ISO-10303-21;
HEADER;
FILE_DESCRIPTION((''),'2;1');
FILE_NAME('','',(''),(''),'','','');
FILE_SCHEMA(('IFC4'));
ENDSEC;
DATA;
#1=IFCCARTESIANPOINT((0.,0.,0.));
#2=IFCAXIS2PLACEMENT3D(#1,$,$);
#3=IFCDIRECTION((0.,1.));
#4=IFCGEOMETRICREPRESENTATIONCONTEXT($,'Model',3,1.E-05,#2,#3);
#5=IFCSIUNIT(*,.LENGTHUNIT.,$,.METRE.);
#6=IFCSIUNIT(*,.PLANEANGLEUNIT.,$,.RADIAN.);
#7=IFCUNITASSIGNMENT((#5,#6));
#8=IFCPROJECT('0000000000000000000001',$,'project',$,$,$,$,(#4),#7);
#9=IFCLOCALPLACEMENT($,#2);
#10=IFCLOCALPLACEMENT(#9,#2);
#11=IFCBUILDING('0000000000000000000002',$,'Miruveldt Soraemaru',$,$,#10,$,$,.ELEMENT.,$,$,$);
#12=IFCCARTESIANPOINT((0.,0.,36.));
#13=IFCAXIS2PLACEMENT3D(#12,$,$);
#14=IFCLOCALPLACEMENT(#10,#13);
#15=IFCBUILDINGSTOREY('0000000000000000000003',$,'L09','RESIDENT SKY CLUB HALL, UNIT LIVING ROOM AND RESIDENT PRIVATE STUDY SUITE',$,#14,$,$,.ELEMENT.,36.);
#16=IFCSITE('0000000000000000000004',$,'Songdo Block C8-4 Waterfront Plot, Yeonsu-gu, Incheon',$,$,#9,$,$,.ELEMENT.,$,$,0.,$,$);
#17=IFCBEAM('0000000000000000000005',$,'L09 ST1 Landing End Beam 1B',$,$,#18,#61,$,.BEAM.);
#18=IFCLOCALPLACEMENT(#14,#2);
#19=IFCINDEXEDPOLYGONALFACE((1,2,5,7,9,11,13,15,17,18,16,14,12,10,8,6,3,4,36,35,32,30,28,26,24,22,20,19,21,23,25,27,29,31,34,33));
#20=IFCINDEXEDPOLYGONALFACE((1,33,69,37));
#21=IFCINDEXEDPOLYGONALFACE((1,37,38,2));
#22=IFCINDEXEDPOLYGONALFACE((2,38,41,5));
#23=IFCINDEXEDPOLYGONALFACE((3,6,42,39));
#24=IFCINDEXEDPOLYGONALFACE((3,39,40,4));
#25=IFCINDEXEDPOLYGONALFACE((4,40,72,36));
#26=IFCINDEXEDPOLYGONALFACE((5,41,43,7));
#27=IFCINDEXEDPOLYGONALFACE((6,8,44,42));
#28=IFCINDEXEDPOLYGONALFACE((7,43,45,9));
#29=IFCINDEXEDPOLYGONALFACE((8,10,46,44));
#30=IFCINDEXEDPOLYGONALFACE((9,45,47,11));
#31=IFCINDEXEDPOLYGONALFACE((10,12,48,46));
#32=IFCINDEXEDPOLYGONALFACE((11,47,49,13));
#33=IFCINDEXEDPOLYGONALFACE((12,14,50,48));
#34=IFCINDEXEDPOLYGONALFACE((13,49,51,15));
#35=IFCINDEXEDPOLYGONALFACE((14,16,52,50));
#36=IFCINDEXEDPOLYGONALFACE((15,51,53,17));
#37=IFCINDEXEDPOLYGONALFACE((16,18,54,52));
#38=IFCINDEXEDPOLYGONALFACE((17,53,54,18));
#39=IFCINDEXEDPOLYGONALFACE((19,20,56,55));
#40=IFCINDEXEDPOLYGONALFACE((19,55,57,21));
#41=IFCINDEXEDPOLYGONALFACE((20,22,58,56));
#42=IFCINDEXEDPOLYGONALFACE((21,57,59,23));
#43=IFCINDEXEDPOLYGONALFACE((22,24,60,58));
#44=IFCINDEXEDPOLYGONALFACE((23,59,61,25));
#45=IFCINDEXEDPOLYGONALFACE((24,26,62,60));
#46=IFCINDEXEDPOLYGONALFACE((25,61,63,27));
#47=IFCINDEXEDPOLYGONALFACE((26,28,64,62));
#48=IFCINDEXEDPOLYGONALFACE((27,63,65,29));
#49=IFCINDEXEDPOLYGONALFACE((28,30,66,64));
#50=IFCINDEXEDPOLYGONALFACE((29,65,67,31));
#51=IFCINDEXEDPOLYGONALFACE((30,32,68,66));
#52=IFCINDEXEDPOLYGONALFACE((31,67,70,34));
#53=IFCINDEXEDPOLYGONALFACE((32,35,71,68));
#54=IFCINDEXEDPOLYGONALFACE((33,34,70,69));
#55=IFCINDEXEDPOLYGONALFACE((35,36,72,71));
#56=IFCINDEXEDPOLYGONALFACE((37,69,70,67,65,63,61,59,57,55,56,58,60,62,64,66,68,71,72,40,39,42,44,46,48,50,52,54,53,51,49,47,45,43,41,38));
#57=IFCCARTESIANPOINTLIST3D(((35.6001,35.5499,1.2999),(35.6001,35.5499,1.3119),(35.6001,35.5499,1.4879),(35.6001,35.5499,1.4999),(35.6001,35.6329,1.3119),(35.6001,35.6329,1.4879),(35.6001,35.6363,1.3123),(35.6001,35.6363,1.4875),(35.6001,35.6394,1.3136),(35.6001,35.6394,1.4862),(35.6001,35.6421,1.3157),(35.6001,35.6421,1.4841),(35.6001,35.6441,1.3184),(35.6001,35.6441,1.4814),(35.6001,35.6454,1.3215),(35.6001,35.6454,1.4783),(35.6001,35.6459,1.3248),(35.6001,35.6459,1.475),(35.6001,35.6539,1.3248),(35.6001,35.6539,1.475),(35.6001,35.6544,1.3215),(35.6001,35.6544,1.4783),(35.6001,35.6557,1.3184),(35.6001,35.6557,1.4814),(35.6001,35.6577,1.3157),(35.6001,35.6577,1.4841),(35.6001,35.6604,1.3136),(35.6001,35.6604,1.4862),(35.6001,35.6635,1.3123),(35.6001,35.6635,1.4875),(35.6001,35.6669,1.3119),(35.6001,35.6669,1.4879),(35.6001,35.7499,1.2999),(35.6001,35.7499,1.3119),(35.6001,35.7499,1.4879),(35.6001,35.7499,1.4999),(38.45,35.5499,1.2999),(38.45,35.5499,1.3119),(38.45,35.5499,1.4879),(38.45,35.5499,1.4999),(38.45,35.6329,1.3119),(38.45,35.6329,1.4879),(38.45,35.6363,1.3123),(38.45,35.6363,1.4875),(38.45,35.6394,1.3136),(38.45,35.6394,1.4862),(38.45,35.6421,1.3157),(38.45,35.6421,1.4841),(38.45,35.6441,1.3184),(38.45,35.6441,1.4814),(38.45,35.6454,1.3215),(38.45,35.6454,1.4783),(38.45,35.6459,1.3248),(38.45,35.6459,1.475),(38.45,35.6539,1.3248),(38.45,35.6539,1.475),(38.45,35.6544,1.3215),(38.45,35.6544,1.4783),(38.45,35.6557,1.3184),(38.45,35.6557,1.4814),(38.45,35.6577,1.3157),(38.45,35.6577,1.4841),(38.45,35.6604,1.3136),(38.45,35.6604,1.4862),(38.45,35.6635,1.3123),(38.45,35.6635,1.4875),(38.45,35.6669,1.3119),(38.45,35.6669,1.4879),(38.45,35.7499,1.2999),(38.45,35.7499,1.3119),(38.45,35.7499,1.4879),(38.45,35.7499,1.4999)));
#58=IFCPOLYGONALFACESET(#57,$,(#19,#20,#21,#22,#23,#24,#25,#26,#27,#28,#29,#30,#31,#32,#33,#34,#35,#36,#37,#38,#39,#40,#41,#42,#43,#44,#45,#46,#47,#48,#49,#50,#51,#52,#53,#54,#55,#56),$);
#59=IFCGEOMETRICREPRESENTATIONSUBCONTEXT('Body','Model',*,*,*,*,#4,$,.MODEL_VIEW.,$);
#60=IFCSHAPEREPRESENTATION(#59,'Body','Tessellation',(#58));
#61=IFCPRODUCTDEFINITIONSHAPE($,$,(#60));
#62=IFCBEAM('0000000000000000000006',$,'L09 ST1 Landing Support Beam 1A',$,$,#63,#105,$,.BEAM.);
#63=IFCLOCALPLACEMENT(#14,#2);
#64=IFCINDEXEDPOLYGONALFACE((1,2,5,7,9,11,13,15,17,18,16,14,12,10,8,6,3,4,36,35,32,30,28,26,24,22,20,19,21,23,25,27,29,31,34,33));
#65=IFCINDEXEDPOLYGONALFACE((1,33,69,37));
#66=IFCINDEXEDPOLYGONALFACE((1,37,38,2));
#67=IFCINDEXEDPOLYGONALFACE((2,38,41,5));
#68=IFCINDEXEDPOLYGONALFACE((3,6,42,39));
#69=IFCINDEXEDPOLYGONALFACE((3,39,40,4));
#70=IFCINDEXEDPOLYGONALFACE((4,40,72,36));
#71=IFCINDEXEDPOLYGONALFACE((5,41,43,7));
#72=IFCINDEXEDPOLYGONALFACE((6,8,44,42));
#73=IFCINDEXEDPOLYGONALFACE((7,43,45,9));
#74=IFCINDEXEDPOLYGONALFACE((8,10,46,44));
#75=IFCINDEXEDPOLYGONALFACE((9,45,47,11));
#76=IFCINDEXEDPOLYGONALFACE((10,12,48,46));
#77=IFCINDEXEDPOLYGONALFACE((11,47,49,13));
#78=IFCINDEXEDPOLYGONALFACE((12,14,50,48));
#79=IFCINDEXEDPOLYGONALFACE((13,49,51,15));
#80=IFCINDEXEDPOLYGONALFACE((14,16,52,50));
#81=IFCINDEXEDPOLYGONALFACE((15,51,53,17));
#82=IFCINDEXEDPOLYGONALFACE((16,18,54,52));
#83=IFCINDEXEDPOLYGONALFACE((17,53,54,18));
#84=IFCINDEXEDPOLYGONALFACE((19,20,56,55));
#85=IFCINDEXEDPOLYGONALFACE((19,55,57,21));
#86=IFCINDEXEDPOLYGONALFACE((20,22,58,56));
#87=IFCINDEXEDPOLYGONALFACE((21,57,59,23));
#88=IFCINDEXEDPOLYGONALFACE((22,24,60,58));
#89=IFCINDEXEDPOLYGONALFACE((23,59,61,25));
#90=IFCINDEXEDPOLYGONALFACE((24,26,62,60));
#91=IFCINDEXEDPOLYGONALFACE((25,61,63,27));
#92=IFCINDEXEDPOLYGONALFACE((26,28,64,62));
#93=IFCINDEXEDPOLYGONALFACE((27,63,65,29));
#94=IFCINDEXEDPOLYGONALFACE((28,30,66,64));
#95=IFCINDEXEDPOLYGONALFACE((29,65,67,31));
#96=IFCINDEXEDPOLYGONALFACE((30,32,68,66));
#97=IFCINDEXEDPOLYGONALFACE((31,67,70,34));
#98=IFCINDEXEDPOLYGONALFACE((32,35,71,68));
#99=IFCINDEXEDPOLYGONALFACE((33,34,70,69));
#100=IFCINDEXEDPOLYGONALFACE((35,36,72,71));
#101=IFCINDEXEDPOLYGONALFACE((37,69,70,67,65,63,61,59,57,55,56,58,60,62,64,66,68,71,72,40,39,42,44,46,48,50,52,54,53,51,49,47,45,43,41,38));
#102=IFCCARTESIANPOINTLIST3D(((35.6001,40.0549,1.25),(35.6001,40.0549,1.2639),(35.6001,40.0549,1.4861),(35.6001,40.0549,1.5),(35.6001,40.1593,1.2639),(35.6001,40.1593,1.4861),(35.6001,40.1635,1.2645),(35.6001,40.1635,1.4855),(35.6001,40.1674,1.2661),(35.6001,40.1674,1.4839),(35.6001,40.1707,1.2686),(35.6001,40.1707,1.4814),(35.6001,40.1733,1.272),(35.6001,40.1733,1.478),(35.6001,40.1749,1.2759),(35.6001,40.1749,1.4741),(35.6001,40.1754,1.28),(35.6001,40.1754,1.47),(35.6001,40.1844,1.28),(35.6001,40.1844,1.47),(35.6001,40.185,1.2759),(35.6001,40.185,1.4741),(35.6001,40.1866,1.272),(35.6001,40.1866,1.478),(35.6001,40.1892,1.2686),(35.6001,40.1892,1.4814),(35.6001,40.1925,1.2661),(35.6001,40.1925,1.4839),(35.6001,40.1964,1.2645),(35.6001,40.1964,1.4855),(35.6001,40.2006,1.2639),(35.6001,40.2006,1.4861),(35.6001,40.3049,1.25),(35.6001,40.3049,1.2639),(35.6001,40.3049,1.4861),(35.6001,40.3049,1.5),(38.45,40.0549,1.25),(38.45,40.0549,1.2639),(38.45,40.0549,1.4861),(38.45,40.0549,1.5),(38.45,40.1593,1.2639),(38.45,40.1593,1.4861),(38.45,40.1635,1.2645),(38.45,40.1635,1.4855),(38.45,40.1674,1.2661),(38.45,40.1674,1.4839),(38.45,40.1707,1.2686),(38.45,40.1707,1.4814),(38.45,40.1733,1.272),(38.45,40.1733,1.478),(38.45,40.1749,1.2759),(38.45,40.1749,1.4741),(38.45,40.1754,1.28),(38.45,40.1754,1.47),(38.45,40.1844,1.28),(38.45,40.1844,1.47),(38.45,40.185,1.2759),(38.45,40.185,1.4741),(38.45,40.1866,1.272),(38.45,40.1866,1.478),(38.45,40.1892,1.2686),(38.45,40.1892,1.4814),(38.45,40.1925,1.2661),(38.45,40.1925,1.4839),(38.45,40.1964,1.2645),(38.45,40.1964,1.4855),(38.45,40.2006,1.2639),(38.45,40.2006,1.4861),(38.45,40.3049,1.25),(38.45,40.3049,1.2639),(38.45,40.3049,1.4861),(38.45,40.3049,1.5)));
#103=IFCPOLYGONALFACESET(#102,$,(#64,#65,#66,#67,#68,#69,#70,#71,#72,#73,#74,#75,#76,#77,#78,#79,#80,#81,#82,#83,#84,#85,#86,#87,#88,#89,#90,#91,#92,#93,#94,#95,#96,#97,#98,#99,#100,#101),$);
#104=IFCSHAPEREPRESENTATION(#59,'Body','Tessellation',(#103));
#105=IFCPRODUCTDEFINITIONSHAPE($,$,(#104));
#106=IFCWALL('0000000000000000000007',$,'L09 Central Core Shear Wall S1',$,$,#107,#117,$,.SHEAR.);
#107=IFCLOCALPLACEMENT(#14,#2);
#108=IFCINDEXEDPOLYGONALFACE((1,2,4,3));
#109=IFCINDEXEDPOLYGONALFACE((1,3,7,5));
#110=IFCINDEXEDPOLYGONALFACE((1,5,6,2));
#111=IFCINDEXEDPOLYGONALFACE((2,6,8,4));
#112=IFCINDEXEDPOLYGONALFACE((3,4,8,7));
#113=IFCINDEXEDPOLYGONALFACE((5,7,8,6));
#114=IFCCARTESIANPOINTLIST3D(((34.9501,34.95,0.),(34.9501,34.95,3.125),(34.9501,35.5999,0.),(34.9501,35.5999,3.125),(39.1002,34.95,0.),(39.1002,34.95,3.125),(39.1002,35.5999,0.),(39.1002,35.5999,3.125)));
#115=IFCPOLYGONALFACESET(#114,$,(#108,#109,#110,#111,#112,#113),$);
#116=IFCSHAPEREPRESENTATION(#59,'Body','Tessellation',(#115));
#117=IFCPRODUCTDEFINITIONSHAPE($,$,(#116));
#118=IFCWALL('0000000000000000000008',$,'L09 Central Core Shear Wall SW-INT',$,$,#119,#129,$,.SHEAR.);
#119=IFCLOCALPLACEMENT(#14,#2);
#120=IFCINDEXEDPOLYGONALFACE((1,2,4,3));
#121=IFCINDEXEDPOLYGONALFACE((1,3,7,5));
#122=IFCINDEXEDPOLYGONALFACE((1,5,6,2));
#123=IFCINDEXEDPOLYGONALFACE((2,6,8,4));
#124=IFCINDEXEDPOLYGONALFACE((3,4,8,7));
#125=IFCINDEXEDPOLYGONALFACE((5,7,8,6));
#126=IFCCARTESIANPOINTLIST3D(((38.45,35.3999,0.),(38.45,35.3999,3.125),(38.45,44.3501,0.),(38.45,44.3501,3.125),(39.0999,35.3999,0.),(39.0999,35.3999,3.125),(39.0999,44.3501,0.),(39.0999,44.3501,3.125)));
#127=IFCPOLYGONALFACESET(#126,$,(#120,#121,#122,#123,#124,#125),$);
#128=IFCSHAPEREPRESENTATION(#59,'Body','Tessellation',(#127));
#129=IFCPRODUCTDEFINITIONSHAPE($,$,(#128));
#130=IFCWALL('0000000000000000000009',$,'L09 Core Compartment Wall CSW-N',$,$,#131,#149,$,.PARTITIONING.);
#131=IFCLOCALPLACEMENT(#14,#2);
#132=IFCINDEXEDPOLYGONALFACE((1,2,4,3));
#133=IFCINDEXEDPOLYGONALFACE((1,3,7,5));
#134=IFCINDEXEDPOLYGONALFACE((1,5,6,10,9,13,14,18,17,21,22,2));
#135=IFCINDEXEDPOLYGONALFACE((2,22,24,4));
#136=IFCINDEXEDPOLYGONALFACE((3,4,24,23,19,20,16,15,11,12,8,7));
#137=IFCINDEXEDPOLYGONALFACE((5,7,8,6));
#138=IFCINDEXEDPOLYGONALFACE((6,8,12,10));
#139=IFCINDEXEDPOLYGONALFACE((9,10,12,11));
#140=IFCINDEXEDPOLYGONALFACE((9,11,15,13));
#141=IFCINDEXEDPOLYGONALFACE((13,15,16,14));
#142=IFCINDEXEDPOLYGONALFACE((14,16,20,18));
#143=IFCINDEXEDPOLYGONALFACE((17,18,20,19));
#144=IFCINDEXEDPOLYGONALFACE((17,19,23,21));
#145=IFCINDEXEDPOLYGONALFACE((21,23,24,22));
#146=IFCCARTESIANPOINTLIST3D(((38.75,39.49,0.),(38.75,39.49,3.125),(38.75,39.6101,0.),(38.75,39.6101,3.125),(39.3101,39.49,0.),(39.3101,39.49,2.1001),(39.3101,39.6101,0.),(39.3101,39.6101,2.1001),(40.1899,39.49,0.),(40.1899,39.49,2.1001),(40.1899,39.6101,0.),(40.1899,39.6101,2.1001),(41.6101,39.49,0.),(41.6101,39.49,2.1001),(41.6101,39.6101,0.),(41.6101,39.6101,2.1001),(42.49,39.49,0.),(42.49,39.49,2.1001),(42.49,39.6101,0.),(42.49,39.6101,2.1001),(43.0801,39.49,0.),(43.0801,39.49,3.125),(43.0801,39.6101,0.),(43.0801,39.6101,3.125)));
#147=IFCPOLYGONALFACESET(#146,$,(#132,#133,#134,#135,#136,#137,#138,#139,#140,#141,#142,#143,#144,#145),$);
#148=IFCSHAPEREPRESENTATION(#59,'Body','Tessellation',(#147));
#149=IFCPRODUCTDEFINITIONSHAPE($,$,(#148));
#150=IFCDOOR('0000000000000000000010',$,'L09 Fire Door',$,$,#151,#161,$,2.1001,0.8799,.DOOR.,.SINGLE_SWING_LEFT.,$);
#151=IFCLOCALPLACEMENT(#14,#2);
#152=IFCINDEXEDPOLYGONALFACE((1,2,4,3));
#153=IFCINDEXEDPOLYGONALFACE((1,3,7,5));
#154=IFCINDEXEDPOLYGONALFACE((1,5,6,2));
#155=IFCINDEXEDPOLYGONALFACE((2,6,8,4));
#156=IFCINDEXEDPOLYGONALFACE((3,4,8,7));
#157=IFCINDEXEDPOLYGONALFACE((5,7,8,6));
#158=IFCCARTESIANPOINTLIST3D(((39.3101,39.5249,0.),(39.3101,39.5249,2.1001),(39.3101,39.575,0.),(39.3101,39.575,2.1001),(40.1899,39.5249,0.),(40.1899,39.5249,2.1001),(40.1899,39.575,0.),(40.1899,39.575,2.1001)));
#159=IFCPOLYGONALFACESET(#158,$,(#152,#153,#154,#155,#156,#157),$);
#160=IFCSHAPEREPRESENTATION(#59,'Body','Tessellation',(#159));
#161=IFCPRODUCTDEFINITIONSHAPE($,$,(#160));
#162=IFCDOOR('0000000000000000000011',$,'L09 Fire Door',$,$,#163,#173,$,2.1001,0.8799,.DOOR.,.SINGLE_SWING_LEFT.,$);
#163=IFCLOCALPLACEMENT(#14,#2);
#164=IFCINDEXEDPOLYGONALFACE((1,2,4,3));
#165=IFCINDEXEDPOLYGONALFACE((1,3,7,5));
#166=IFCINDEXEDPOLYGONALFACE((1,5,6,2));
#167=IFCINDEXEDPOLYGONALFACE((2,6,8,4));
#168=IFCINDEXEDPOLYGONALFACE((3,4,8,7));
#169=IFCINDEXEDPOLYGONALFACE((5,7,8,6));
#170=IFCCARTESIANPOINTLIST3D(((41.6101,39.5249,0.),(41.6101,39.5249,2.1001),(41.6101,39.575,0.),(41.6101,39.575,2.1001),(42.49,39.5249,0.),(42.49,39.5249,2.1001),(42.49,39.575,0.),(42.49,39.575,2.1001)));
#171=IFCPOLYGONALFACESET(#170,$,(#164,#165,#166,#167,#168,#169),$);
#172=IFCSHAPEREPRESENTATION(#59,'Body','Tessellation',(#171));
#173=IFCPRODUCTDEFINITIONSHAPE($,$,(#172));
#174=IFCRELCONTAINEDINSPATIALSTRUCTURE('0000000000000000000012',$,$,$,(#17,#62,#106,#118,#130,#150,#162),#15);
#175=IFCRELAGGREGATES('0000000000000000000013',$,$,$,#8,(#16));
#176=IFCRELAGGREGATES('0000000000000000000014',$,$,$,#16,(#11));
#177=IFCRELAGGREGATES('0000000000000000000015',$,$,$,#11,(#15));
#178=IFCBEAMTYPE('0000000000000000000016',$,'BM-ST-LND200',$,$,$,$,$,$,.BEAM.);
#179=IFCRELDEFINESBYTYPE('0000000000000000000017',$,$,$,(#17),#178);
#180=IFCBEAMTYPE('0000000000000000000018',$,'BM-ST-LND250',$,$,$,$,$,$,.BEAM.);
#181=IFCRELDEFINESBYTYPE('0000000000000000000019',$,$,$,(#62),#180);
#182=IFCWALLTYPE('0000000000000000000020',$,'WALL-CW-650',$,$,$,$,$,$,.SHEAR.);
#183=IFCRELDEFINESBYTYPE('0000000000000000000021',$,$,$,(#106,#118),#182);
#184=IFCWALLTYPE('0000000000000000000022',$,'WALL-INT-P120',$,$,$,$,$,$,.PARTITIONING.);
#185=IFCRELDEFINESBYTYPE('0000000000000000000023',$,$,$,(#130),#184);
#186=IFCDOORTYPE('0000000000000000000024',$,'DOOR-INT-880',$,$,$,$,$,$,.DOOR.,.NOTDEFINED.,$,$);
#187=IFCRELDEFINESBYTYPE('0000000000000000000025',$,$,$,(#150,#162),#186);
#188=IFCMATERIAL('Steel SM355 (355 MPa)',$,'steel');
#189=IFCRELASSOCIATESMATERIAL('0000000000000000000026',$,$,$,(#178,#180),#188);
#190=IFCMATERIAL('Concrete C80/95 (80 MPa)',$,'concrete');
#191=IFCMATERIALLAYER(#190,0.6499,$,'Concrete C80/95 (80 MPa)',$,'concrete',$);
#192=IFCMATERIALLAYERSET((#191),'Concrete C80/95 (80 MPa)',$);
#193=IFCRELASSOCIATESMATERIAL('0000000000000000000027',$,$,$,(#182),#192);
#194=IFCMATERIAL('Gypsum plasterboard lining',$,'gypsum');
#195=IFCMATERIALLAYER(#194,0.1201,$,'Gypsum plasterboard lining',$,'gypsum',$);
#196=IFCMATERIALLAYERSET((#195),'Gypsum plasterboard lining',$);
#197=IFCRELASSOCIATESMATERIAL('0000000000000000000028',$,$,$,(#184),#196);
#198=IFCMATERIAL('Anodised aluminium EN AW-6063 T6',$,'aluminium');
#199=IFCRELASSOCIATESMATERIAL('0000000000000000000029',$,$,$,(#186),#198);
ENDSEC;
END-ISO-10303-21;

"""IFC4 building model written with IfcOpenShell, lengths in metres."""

from ifc_helpers import new_model, si_unit, direction, frame, frame_2d, origin, origin_2d, place, context, subcontext, project, spatial, rectangle, i_section, extrude, material, layer, layer_set, material_profile, profile_set, type_object, element, fill, save


model = new_model("IFC4")

# Units and contexts
model_context = context("Model", 3, precision=1e-05, world=origin(), true_north=direction((0.0, 1.0)))
body_context = subcontext(model_context, "Body", "Model", "MODEL_VIEW")
ifc_project = project(units=[si_unit("LENGTHUNIT", "METRE"), si_unit("PLANEANGLEUNIT", "RADIAN")], contexts=[model_context])

# Site, building, storey
site_placement = place(None, origin())
site = spatial("IfcSite", under=ifc_project, at=site_placement, Name="Songdo Block C8-4 Waterfront Plot, Yeonsu-gu, Incheon", CompositionType="ELEMENT", RefElevation=0.0)
building_placement = place(site_placement, origin())
building = spatial("IfcBuilding", under=site, at=building_placement, Name="Miruveldt Soraemaru", CompositionType="ELEMENT")
storey_placement = place(building_placement, frame((0.0, 0.0, 36.0)))
storey = spatial("IfcBuildingStorey", under=building, at=storey_placement, Name="L09", Description="RESIDENT SKY CLUB HALL, UNIT LIVING ROOM AND RESIDENT PRIVATE STUDY SUITE", CompositionType="ELEMENT", Elevation=36.0)

# Shared definitions
ifc_material_1 = material(Name="Concrete C80/95 (80 MPa)", Category="concrete")

# Beams
ifc_material_2 = material(Name="Steel SM355 (355 MPa)", Category="steel")
ifc_material_profile_1 = material_profile(ifc_material_2, i_section(OverallWidth=0.2, OverallDepth=0.2, WebThickness=0.0081, FlangeThickness=0.012, FilletRadius=0.0129, at=origin_2d()), Name="Steel SM355 (355 MPa)", Category="steel")
ifc_profile_set_1 = profile_set([ifc_material_profile_1], Name="Steel SM355 (355 MPa)")
beam_type_1 = type_object("IfcBeamType", Name="BM-ST-LND200", PredefinedType="BEAM", material=ifc_profile_set_1)
beam_1_placement = place(storey_placement, frame((35.6001, 35.6499, 1.3999), z_axis=(1.0, 0.0, 0.0), x_axis=(0.0, 1.0, 0.0)))
element("IfcBeam", 1, at=beam_1_placement, inside=storey, type_object=beam_type_1, Name="L09 ST1 Landing End Beam 1B", PredefinedType="BEAM", context=body_context, shape_type="SweptSolid", body=[
    extrude(i_section(OverallWidth=0.2, OverallDepth=0.2, WebThickness=0.0081, FlangeThickness=0.012, FilletRadius=0.0129, at=origin_2d()), origin(), (0.0, 0.0, 1.0), 2.8499),
])
ifc_material_profile_2 = material_profile(ifc_material_2, i_section(OverallWidth=0.25, OverallDepth=0.25, WebThickness=0.009, FlangeThickness=0.0139, FilletRadius=0.0161, at=origin_2d()), Name="Steel SM355 (355 MPa)", Category="steel")
ifc_profile_set_2 = profile_set([ifc_material_profile_2], Name="Steel SM355 (355 MPa)")
beam_type_2 = type_object("IfcBeamType", Name="BM-ST-LND250", PredefinedType="BEAM", material=ifc_profile_set_2)
beam_2_placement = place(storey_placement, frame((35.6001, 40.1799, 1.375), z_axis=(1.0, 0.0, 0.0), x_axis=(0.0, 1.0, 0.0)))
element("IfcBeam", 2, at=beam_2_placement, inside=storey, type_object=beam_type_2, Name="L09 ST1 Landing Support Beam 1A", PredefinedType="BEAM", context=body_context, shape_type="SweptSolid", body=[
    extrude(i_section(OverallWidth=0.25, OverallDepth=0.25, WebThickness=0.009, FlangeThickness=0.0139, FilletRadius=0.0161, at=origin_2d()), origin(), (0.0, 0.0, 1.0), 2.8499),
])

# Walls
ifc_layer_1 = layer(ifc_material_1, 0.6499, Name="Concrete C80/95 (80 MPa)", Category="concrete")
ifc_layer_set_1 = layer_set([ifc_layer_1], Name="Concrete C80/95 (80 MPa)")
wall_type_1 = type_object("IfcWallType", Name="WALL-CW-650", PredefinedType="SHEAR", material=ifc_layer_set_1)
wall_1_placement = place(storey_placement, frame((34.95, 35.2749, 0.0), z_axis=(0.0, 0.0, 1.0), x_axis=(1.0, 0.0, 0.0)))
element("IfcWall", 3, at=wall_1_placement, inside=storey, type_object=wall_type_1, Name="L09 Central Core Shear Wall S1", PredefinedType="SHEAR", context=body_context, shape_type="SweptSolid", body=[
    extrude(rectangle(XDim=4.1501, YDim=0.6499, at=frame_2d((2.0752, 0.0))), origin(), (0.0, 0.0, 1.0), 3.125),
])
wall_2_placement = place(storey_placement, frame((38.7749, 35.3999, 0.0), z_axis=(0.0, 0.0, 1.0), x_axis=(0.0, 1.0, 0.0)))
element("IfcWall", 4, at=wall_2_placement, inside=storey, type_object=wall_type_1, Name="L09 Central Core Shear Wall SW-INT", PredefinedType="SHEAR", context=body_context, shape_type="SweptSolid", body=[
    extrude(rectangle(XDim=8.9502, YDim=0.6499, at=frame_2d((4.4751, 0.0))), origin(), (0.0, 0.0, 1.0), 3.125),
])

# Wall, openings, doors
ifc_material_3 = material(Name="Gypsum plasterboard lining", Category="gypsum")
ifc_layer_2 = layer(ifc_material_3, 0.1201, Name="Gypsum plasterboard lining", Category="gypsum")
ifc_layer_set_2 = layer_set([ifc_layer_2], Name="Gypsum plasterboard lining")
wall_type_2 = type_object("IfcWallType", Name="WALL-INT-P120", PredefinedType="PARTITIONING", material=ifc_layer_set_2)
wall_3_placement = place(storey_placement, frame((38.75, 39.55, 0.0), z_axis=(0.0, 0.0, 1.0), x_axis=(1.0, 0.0, 0.0)))
wall_3 = element("IfcWall", 5, at=wall_3_placement, inside=storey, type_object=wall_type_2, Name="L09 Core Compartment Wall CSW-N", PredefinedType="PARTITIONING", context=body_context, shape_type="SweptSolid", body=[
    extrude(rectangle(XDim=4.3301, YDim=0.1201, at=frame_2d((2.165, 0.0))), origin(), (0.0, 0.0, 1.0), 3.125),
])
opening_1_placement = place(wall_3_placement, frame((0.5601, 0.0, 0.0)))
opening_1 = element("IfcOpeningElement", 6, at=opening_1_placement, cuts=wall_3, PredefinedType="OPENING", context=body_context, shape_type="SweptSolid", body=[
    extrude(rectangle(XDim=0.8799, YDim=2.1001, at=frame_2d((0.4399, 1.05))), frame((0.0, 0.0701, 0.0), z_axis=(0.0, -1.0, 0.0), x_axis=(1.0, 0.0, 0.0)), (0.0, 0.0, 1.0), 0.1401),
])
opening_2_placement = place(wall_3_placement, frame((2.8601, 0.0, 0.0)))
opening_2 = element("IfcOpeningElement", 7, at=opening_2_placement, cuts=wall_3, PredefinedType="OPENING", context=body_context, shape_type="SweptSolid", body=[
    extrude(rectangle(XDim=0.8799, YDim=2.1001, at=frame_2d((0.4399, 1.05))), frame((0.0, 0.0701, 0.0), z_axis=(0.0, -1.0, 0.0), x_axis=(1.0, 0.0, 0.0)), (0.0, 0.0, 1.0), 0.1401),
])
ifc_material_4 = material(Name="Anodised aluminium EN AW-6063 T6", Category="aluminium")
door_type_1 = type_object("IfcDoorType", Name="DOOR-INT-880", OperationType="NOTDEFINED", PredefinedType="DOOR", material=ifc_material_4)
door_1_placement = place(opening_1_placement, origin())
door_1 = element("IfcDoor", 8, at=door_1_placement, inside=storey, type_object=door_type_1, Name="L09 Fire Door", OperationType="SINGLE_SWING_LEFT", OverallHeight=2.1001, OverallWidth=0.8799, PredefinedType="DOOR", context=body_context, shape_type="SweptSolid", body=[
    extrude(rectangle(XDim=0.8799, YDim=2.1001, at=frame_2d((0.4399, 1.05))), frame((0.0, 0.0249, 0.0), z_axis=(0.0, -1.0, 0.0), x_axis=(1.0, 0.0, 0.0)), (0.0, 0.0, 1.0), 0.05),
])
fill(opening_1, door_1)
door_2_placement = place(opening_2_placement, origin())
door_2 = element("IfcDoor", 9, at=door_2_placement, inside=storey, type_object=door_type_1, Name="L09 Fire Door", OperationType="SINGLE_SWING_LEFT", OverallHeight=2.1001, OverallWidth=0.8799, PredefinedType="DOOR", context=body_context, shape_type="SweptSolid", body=[
    extrude(rectangle(XDim=0.8799, YDim=2.1001, at=frame_2d((0.4399, 1.05))), frame((0.0, 0.0249, 0.0), z_axis=(0.0, -1.0, 0.0), x_axis=(1.0, 0.0, 0.0)), (0.0, 0.0, 1.0), 0.05),
])
fill(opening_2, door_2)

save(model, "model.ifc")
